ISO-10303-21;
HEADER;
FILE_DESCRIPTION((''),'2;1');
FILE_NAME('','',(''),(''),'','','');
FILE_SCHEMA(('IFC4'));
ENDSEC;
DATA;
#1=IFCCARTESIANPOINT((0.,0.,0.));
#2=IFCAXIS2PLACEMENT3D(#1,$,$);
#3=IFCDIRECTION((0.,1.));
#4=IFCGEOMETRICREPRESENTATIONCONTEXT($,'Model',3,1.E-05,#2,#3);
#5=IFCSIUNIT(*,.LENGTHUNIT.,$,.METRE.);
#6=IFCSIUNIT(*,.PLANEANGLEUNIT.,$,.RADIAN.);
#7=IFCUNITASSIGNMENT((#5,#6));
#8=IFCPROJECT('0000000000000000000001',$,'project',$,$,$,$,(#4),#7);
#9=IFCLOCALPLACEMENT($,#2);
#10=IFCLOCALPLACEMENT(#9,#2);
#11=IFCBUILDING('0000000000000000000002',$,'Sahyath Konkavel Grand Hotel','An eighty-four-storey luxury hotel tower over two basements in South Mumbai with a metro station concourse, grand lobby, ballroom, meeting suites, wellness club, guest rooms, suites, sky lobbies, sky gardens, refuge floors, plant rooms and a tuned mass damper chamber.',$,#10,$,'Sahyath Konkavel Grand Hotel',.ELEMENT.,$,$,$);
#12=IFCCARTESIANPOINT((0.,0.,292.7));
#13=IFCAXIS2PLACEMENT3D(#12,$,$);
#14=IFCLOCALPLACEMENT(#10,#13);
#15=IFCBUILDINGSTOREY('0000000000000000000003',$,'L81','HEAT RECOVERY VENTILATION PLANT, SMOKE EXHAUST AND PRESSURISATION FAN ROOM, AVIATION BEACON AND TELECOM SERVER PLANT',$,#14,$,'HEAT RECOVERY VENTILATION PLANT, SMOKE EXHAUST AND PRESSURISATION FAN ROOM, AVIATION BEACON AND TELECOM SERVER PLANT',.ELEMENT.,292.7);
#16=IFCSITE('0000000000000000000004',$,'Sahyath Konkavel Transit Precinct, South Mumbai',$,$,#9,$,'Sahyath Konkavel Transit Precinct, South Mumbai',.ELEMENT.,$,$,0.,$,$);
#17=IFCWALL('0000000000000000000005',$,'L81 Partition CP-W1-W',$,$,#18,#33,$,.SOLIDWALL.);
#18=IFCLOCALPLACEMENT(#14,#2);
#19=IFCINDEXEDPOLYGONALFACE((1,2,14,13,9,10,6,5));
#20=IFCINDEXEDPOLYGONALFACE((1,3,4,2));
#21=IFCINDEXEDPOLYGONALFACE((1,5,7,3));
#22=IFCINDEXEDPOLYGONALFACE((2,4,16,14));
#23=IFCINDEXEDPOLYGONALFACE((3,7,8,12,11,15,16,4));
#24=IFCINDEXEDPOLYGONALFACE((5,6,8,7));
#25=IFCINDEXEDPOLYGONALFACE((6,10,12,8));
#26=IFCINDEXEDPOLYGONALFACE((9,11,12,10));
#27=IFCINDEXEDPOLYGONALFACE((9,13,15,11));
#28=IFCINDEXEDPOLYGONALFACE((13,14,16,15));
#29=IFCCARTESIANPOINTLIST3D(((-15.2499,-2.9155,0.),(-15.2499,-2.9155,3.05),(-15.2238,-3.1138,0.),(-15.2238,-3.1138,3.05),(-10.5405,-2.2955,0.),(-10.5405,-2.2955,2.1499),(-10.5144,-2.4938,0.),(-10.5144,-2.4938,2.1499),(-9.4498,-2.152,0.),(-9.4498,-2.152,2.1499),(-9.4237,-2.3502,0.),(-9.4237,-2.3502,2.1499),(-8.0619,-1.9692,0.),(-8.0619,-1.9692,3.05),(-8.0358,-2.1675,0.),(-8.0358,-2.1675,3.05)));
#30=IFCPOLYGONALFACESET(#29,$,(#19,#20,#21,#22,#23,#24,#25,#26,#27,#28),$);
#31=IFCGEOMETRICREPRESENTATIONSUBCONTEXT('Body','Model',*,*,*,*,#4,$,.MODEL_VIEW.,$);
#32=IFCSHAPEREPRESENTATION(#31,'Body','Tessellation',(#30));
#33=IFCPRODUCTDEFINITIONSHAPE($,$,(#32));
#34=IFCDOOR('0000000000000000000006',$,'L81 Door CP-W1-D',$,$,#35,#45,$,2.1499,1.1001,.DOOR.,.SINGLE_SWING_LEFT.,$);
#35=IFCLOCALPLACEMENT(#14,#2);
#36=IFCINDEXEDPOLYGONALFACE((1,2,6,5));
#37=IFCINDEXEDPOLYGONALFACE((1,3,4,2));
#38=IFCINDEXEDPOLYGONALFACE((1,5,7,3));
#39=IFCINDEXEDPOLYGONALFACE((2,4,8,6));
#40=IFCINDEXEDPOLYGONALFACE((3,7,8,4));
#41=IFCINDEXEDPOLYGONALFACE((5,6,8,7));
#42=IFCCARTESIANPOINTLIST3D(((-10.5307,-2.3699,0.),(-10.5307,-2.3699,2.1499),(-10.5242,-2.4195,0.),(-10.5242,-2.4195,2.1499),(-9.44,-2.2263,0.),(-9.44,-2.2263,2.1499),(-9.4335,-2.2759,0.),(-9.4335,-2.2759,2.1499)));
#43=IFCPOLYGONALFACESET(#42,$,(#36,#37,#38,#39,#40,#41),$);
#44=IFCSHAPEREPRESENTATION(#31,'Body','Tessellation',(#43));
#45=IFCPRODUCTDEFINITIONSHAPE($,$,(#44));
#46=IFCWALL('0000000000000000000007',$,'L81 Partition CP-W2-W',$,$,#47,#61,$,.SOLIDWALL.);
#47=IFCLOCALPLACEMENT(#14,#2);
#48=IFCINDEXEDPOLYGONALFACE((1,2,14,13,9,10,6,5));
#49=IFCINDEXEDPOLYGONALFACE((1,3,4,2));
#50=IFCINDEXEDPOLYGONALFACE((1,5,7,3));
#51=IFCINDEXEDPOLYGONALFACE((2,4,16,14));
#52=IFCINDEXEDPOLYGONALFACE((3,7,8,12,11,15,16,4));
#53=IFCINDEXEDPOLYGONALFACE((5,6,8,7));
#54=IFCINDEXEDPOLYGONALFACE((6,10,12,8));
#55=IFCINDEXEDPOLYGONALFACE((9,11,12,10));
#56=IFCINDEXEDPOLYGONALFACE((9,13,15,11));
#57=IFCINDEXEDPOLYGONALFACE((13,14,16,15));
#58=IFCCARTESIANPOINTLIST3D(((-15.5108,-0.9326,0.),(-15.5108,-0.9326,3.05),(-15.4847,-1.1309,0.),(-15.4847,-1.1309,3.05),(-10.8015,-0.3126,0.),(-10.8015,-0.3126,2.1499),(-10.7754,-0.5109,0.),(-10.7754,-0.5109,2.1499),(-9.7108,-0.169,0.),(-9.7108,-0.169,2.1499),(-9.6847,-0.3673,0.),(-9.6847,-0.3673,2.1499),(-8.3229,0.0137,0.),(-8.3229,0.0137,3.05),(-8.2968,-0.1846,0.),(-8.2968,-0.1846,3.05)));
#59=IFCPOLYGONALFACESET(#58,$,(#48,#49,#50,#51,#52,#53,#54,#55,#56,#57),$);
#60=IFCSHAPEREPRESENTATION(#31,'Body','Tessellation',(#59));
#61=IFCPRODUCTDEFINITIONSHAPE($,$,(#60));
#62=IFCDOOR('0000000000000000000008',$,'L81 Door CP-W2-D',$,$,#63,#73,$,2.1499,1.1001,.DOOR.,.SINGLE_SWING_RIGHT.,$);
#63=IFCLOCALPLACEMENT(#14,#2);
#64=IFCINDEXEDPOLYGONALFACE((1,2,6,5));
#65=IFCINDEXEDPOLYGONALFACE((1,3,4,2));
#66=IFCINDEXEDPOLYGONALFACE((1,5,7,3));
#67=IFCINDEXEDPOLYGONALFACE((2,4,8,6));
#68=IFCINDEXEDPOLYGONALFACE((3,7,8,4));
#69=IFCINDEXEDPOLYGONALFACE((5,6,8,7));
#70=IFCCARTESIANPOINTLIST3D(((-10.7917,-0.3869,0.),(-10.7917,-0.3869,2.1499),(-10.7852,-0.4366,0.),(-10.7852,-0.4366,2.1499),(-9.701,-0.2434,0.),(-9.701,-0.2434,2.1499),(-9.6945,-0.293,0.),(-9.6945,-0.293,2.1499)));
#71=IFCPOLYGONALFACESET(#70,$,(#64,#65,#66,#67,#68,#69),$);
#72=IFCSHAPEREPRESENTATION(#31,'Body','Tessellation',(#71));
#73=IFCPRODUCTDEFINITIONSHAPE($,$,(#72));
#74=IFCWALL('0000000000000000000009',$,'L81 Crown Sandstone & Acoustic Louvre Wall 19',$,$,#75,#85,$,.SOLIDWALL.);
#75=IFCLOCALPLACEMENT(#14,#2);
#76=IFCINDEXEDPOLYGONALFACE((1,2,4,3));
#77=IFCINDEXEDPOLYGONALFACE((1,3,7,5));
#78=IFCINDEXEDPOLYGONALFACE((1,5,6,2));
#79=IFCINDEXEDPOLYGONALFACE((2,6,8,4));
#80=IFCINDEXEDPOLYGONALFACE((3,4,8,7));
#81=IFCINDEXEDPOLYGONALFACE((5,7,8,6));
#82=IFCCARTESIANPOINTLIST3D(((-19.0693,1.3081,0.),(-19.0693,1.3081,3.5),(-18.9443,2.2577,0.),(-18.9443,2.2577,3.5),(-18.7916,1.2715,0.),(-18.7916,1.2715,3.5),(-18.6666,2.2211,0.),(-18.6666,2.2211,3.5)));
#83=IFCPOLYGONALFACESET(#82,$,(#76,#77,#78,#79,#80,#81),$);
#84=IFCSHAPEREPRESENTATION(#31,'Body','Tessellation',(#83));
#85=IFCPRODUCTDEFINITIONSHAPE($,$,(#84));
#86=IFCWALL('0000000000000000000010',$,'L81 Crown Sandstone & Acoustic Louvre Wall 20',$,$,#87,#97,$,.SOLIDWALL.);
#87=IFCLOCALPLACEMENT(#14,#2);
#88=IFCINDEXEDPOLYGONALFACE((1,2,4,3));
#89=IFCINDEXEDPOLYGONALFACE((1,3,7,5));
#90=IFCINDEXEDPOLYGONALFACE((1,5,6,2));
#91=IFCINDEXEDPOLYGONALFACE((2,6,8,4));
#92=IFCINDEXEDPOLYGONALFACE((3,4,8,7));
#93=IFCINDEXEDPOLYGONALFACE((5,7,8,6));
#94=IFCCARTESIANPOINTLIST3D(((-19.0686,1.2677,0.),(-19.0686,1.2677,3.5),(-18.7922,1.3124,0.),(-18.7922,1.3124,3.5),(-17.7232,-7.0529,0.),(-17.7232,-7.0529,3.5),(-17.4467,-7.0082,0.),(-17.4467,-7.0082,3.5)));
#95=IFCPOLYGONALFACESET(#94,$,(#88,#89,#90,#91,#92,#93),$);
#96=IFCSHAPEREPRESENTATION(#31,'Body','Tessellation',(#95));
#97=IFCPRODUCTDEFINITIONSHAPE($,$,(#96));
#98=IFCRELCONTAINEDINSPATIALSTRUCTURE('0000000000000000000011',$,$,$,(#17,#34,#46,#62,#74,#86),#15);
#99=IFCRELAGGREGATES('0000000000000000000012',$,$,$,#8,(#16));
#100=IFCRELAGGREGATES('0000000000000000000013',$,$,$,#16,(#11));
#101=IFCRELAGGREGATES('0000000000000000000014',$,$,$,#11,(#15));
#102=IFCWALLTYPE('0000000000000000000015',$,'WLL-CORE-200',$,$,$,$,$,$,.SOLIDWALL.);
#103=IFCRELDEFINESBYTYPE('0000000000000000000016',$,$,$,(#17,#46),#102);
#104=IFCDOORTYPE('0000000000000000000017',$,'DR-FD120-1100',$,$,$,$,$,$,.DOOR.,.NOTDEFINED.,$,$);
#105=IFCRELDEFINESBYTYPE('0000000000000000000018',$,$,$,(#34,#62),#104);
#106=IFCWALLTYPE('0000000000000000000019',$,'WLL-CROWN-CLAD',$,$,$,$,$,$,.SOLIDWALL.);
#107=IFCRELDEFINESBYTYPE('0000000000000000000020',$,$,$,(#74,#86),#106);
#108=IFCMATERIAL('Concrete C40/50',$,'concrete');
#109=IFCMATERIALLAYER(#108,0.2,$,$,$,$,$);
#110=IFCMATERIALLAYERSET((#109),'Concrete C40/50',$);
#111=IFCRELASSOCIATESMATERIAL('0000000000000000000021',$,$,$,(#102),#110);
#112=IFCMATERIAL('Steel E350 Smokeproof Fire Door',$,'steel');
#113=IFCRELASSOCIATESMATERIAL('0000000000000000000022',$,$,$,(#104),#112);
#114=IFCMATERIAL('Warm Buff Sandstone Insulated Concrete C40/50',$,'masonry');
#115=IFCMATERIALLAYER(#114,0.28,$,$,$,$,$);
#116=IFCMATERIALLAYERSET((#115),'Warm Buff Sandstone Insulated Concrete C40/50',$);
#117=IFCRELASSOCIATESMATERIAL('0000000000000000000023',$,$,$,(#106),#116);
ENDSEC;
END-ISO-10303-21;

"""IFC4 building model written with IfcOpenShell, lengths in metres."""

from ifc_helpers import new_model, si_unit, direction, frame, frame_2d, origin, origin_2d, place, context, subcontext, project, spatial, rectangle, extrude, source, transform, mapped, material, layer, layer_set, type_object, element, fill, save


model = new_model("IFC4")

# Units and contexts
model_context = context("Model", 3, precision=1e-05, world=origin(), true_north=direction((0.0, 1.0)))
body_context = subcontext(model_context, "Body", "Model", "MODEL_VIEW")
ifc_project = project(units=[si_unit("LENGTHUNIT", "METRE"), si_unit("PLANEANGLEUNIT", "RADIAN")], contexts=[model_context])

# Site, building, storey
site_placement = place(None, origin())
site = spatial("IfcSite", under=ifc_project, at=site_placement, Name="Sahyath Konkavel Transit Precinct, South Mumbai", LongName="Sahyath Konkavel Transit Precinct, South Mumbai", CompositionType="ELEMENT", RefElevation=0.0)
building_placement = place(site_placement, origin())
building = spatial("IfcBuilding", under=site, at=building_placement, Name="Sahyath Konkavel Grand Hotel", Description="An eighty-four-storey luxury hotel tower over two basements in South Mumbai with a metro station concourse, grand lobby, ballroom, meeting suites, wellness club, guest rooms, suites, sky lobbies, sky gardens, refuge floors, plant rooms and a tuned mass damper chamber.", LongName="Sahyath Konkavel Grand Hotel", CompositionType="ELEMENT")
storey_placement = place(building_placement, frame((0.0, 0.0, 292.7)))
storey = spatial("IfcBuildingStorey", under=building, at=storey_placement, Name="L81", Description="HEAT RECOVERY VENTILATION PLANT, SMOKE EXHAUST AND PRESSURISATION FAN ROOM, AVIATION BEACON AND TELECOM SERVER PLANT", LongName="HEAT RECOVERY VENTILATION PLANT, SMOKE EXHAUST AND PRESSURISATION FAN ROOM, AVIATION BEACON AND TELECOM SERVER PLANT", CompositionType="ELEMENT", Elevation=292.7)

# Shared definitions
ifc_material_1 = material(Name="Concrete C40/50", Category="concrete")

# Shared definitions
ifc_layer_1 = layer(ifc_material_1, 0.2)
ifc_layer_set_1 = layer_set([ifc_layer_1], Name="Concrete C40/50")
wall_type_1 = type_object("IfcWallType", Name="WLL-CORE-200", PredefinedType="SOLIDWALL", material=ifc_layer_set_1)

# Walls, openings, doors
wall_1_placement = place(storey_placement, frame((-8.0488, -2.0684, 0.0), z_axis=(0.0, 0.0, 1.0), x_axis=(-0.991445, -0.130522, 0.0)))
wall_1 = element("IfcWall", 1, at=wall_1_placement, inside=storey, type_object=wall_type_1, Name="L81 Partition CP-W1-W", PredefinedType="SOLIDWALL", context=body_context, shape_type="SweptSolid", body=[
    extrude(rectangle(XDim=7.25, YDim=0.2, at=frame_2d((3.625, 0.0))), origin(), (0.0, 0.0, 1.0), 3.05),
])
opening_1_placement = place(wall_1_placement, frame((1.3999, 0.0, 0.0)))
opening_1 = element("IfcOpeningElement", 2, at=opening_1_placement, cuts=wall_1, PredefinedType="OPENING", context=body_context, shape_type="SweptSolid", body=[
    extrude(rectangle(XDim=1.1001, YDim=2.1499, at=frame_2d((0.55, 1.075))), frame((0.0, 0.1099, 0.0), z_axis=(0.0, -1.0, 0.0), x_axis=(1.0, 0.0, 0.0)), (0.0, 0.0, 1.0), 0.22),
])
ifc_material_2 = material(Name="Steel E350 Smokeproof Fire Door", Category="steel")
door_type = type_object("IfcDoorType", Name="DR-FD120-1100", OperationType="NOTDEFINED", PredefinedType="DOOR", material=ifc_material_2)
shared_shape_1 = source(origin(), body_context, "Body", "SweptSolid", [
    extrude(rectangle(XDim=1.1001, YDim=0.05, at=origin_2d()), origin(), (0.0, 0.0, 1.0), 2.1499),
])
door_1_placement = place(opening_1_placement, frame((0.55, 0.0, 0.0)))
door_1 = element("IfcDoor", 3, at=door_1_placement, inside=storey, type_object=door_type, Name="L81 Door CP-W1-D", OperationType="SINGLE_SWING_LEFT", OverallHeight=2.1499, OverallWidth=1.1001, PredefinedType="DOOR", context=body_context, shape_type="MappedRepresentation", body=[
    mapped(shared_shape_1, transform((0.0, 0.0, 0.0), scale=1.0)),
])
fill(opening_1, door_1)
wall_2_placement = place(storey_placement, frame((-8.3098, -0.0854, 0.0), z_axis=(0.0, 0.0, 1.0), x_axis=(-0.991445, -0.130522, 0.0)))
wall_2 = element("IfcWall", 4, at=wall_2_placement, inside=storey, type_object=wall_type_1, Name="L81 Partition CP-W2-W", PredefinedType="SOLIDWALL", context=body_context, shape_type="SweptSolid", body=[
    extrude(rectangle(XDim=7.25, YDim=0.2, at=frame_2d((3.625, 0.0))), origin(), (0.0, 0.0, 1.0), 3.05),
])
opening_2_placement = place(wall_2_placement, frame((1.3999, 0.0, 0.0)))
opening_2 = element("IfcOpeningElement", 5, at=opening_2_placement, cuts=wall_2, PredefinedType="OPENING", context=body_context, shape_type="SweptSolid", body=[
    extrude(rectangle(XDim=1.1001, YDim=2.1499, at=frame_2d((0.55, 1.075))), frame((0.0, 0.1099, 0.0), z_axis=(0.0, -1.0, 0.0), x_axis=(1.0, 0.0, 0.0)), (0.0, 0.0, 1.0), 0.22),
])
door_2_placement = place(opening_2_placement, frame((0.55, 0.0, 0.0)))
door_2 = element("IfcDoor", 6, at=door_2_placement, inside=storey, type_object=door_type, Name="L81 Door CP-W2-D", OperationType="SINGLE_SWING_RIGHT", OverallHeight=2.1499, OverallWidth=1.1001, PredefinedType="DOOR", context=body_context, shape_type="MappedRepresentation", body=[
    mapped(shared_shape_1, transform((0.0, 0.0, 0.0), scale=1.0)),
])
fill(opening_2, door_2)

# Walls
ifc_material_3 = material(Name="Warm Buff Sandstone Insulated Concrete C40/50", Category="masonry")
ifc_layer_2 = layer(ifc_material_3, 0.28)
ifc_layer_set_2 = layer_set([ifc_layer_2], Name="Warm Buff Sandstone Insulated Concrete C40/50")
wall_type_2 = type_object("IfcWallType", Name="WLL-CROWN-CLAD", PredefinedType="SOLIDWALL", material=ifc_layer_set_2)
wall_3_placement = place(storey_placement, frame((-18.8054, 2.2395, 0.0), z_axis=(0.0, 0.0, 1.0), x_axis=(-0.130527, -0.991445, 0.0)))
element("IfcWall", 7, at=wall_3_placement, inside=storey, type_object=wall_type_2, Name="L81 Crown Sandstone & Acoustic Louvre Wall 19", PredefinedType="SOLIDWALL", context=body_context, shape_type="SweptSolid", body=[
    extrude(rectangle(XDim=0.9578, YDim=0.28, at=frame_2d((0.479, 0.0))), origin(), (0.0, 0.0, 1.0), 3.5),
])
wall_4_placement = place(storey_placement, frame((-18.9304, 1.29, 0.0), z_axis=(0.0, 0.0, 1.0), x_axis=(0.159629, -0.987177, 0.0)))
element("IfcWall", 8, at=wall_4_placement, inside=storey, type_object=wall_type_2, Name="L81 Crown Sandstone & Acoustic Louvre Wall 20", PredefinedType="SOLIDWALL", context=body_context, shape_type="SweptSolid", body=[
    extrude(rectangle(XDim=8.4287, YDim=0.28, at=frame_2d((4.2144, 0.0))), origin(), (0.0, 0.0, 1.0), 3.5),
])

save(model, "model.ifc")
